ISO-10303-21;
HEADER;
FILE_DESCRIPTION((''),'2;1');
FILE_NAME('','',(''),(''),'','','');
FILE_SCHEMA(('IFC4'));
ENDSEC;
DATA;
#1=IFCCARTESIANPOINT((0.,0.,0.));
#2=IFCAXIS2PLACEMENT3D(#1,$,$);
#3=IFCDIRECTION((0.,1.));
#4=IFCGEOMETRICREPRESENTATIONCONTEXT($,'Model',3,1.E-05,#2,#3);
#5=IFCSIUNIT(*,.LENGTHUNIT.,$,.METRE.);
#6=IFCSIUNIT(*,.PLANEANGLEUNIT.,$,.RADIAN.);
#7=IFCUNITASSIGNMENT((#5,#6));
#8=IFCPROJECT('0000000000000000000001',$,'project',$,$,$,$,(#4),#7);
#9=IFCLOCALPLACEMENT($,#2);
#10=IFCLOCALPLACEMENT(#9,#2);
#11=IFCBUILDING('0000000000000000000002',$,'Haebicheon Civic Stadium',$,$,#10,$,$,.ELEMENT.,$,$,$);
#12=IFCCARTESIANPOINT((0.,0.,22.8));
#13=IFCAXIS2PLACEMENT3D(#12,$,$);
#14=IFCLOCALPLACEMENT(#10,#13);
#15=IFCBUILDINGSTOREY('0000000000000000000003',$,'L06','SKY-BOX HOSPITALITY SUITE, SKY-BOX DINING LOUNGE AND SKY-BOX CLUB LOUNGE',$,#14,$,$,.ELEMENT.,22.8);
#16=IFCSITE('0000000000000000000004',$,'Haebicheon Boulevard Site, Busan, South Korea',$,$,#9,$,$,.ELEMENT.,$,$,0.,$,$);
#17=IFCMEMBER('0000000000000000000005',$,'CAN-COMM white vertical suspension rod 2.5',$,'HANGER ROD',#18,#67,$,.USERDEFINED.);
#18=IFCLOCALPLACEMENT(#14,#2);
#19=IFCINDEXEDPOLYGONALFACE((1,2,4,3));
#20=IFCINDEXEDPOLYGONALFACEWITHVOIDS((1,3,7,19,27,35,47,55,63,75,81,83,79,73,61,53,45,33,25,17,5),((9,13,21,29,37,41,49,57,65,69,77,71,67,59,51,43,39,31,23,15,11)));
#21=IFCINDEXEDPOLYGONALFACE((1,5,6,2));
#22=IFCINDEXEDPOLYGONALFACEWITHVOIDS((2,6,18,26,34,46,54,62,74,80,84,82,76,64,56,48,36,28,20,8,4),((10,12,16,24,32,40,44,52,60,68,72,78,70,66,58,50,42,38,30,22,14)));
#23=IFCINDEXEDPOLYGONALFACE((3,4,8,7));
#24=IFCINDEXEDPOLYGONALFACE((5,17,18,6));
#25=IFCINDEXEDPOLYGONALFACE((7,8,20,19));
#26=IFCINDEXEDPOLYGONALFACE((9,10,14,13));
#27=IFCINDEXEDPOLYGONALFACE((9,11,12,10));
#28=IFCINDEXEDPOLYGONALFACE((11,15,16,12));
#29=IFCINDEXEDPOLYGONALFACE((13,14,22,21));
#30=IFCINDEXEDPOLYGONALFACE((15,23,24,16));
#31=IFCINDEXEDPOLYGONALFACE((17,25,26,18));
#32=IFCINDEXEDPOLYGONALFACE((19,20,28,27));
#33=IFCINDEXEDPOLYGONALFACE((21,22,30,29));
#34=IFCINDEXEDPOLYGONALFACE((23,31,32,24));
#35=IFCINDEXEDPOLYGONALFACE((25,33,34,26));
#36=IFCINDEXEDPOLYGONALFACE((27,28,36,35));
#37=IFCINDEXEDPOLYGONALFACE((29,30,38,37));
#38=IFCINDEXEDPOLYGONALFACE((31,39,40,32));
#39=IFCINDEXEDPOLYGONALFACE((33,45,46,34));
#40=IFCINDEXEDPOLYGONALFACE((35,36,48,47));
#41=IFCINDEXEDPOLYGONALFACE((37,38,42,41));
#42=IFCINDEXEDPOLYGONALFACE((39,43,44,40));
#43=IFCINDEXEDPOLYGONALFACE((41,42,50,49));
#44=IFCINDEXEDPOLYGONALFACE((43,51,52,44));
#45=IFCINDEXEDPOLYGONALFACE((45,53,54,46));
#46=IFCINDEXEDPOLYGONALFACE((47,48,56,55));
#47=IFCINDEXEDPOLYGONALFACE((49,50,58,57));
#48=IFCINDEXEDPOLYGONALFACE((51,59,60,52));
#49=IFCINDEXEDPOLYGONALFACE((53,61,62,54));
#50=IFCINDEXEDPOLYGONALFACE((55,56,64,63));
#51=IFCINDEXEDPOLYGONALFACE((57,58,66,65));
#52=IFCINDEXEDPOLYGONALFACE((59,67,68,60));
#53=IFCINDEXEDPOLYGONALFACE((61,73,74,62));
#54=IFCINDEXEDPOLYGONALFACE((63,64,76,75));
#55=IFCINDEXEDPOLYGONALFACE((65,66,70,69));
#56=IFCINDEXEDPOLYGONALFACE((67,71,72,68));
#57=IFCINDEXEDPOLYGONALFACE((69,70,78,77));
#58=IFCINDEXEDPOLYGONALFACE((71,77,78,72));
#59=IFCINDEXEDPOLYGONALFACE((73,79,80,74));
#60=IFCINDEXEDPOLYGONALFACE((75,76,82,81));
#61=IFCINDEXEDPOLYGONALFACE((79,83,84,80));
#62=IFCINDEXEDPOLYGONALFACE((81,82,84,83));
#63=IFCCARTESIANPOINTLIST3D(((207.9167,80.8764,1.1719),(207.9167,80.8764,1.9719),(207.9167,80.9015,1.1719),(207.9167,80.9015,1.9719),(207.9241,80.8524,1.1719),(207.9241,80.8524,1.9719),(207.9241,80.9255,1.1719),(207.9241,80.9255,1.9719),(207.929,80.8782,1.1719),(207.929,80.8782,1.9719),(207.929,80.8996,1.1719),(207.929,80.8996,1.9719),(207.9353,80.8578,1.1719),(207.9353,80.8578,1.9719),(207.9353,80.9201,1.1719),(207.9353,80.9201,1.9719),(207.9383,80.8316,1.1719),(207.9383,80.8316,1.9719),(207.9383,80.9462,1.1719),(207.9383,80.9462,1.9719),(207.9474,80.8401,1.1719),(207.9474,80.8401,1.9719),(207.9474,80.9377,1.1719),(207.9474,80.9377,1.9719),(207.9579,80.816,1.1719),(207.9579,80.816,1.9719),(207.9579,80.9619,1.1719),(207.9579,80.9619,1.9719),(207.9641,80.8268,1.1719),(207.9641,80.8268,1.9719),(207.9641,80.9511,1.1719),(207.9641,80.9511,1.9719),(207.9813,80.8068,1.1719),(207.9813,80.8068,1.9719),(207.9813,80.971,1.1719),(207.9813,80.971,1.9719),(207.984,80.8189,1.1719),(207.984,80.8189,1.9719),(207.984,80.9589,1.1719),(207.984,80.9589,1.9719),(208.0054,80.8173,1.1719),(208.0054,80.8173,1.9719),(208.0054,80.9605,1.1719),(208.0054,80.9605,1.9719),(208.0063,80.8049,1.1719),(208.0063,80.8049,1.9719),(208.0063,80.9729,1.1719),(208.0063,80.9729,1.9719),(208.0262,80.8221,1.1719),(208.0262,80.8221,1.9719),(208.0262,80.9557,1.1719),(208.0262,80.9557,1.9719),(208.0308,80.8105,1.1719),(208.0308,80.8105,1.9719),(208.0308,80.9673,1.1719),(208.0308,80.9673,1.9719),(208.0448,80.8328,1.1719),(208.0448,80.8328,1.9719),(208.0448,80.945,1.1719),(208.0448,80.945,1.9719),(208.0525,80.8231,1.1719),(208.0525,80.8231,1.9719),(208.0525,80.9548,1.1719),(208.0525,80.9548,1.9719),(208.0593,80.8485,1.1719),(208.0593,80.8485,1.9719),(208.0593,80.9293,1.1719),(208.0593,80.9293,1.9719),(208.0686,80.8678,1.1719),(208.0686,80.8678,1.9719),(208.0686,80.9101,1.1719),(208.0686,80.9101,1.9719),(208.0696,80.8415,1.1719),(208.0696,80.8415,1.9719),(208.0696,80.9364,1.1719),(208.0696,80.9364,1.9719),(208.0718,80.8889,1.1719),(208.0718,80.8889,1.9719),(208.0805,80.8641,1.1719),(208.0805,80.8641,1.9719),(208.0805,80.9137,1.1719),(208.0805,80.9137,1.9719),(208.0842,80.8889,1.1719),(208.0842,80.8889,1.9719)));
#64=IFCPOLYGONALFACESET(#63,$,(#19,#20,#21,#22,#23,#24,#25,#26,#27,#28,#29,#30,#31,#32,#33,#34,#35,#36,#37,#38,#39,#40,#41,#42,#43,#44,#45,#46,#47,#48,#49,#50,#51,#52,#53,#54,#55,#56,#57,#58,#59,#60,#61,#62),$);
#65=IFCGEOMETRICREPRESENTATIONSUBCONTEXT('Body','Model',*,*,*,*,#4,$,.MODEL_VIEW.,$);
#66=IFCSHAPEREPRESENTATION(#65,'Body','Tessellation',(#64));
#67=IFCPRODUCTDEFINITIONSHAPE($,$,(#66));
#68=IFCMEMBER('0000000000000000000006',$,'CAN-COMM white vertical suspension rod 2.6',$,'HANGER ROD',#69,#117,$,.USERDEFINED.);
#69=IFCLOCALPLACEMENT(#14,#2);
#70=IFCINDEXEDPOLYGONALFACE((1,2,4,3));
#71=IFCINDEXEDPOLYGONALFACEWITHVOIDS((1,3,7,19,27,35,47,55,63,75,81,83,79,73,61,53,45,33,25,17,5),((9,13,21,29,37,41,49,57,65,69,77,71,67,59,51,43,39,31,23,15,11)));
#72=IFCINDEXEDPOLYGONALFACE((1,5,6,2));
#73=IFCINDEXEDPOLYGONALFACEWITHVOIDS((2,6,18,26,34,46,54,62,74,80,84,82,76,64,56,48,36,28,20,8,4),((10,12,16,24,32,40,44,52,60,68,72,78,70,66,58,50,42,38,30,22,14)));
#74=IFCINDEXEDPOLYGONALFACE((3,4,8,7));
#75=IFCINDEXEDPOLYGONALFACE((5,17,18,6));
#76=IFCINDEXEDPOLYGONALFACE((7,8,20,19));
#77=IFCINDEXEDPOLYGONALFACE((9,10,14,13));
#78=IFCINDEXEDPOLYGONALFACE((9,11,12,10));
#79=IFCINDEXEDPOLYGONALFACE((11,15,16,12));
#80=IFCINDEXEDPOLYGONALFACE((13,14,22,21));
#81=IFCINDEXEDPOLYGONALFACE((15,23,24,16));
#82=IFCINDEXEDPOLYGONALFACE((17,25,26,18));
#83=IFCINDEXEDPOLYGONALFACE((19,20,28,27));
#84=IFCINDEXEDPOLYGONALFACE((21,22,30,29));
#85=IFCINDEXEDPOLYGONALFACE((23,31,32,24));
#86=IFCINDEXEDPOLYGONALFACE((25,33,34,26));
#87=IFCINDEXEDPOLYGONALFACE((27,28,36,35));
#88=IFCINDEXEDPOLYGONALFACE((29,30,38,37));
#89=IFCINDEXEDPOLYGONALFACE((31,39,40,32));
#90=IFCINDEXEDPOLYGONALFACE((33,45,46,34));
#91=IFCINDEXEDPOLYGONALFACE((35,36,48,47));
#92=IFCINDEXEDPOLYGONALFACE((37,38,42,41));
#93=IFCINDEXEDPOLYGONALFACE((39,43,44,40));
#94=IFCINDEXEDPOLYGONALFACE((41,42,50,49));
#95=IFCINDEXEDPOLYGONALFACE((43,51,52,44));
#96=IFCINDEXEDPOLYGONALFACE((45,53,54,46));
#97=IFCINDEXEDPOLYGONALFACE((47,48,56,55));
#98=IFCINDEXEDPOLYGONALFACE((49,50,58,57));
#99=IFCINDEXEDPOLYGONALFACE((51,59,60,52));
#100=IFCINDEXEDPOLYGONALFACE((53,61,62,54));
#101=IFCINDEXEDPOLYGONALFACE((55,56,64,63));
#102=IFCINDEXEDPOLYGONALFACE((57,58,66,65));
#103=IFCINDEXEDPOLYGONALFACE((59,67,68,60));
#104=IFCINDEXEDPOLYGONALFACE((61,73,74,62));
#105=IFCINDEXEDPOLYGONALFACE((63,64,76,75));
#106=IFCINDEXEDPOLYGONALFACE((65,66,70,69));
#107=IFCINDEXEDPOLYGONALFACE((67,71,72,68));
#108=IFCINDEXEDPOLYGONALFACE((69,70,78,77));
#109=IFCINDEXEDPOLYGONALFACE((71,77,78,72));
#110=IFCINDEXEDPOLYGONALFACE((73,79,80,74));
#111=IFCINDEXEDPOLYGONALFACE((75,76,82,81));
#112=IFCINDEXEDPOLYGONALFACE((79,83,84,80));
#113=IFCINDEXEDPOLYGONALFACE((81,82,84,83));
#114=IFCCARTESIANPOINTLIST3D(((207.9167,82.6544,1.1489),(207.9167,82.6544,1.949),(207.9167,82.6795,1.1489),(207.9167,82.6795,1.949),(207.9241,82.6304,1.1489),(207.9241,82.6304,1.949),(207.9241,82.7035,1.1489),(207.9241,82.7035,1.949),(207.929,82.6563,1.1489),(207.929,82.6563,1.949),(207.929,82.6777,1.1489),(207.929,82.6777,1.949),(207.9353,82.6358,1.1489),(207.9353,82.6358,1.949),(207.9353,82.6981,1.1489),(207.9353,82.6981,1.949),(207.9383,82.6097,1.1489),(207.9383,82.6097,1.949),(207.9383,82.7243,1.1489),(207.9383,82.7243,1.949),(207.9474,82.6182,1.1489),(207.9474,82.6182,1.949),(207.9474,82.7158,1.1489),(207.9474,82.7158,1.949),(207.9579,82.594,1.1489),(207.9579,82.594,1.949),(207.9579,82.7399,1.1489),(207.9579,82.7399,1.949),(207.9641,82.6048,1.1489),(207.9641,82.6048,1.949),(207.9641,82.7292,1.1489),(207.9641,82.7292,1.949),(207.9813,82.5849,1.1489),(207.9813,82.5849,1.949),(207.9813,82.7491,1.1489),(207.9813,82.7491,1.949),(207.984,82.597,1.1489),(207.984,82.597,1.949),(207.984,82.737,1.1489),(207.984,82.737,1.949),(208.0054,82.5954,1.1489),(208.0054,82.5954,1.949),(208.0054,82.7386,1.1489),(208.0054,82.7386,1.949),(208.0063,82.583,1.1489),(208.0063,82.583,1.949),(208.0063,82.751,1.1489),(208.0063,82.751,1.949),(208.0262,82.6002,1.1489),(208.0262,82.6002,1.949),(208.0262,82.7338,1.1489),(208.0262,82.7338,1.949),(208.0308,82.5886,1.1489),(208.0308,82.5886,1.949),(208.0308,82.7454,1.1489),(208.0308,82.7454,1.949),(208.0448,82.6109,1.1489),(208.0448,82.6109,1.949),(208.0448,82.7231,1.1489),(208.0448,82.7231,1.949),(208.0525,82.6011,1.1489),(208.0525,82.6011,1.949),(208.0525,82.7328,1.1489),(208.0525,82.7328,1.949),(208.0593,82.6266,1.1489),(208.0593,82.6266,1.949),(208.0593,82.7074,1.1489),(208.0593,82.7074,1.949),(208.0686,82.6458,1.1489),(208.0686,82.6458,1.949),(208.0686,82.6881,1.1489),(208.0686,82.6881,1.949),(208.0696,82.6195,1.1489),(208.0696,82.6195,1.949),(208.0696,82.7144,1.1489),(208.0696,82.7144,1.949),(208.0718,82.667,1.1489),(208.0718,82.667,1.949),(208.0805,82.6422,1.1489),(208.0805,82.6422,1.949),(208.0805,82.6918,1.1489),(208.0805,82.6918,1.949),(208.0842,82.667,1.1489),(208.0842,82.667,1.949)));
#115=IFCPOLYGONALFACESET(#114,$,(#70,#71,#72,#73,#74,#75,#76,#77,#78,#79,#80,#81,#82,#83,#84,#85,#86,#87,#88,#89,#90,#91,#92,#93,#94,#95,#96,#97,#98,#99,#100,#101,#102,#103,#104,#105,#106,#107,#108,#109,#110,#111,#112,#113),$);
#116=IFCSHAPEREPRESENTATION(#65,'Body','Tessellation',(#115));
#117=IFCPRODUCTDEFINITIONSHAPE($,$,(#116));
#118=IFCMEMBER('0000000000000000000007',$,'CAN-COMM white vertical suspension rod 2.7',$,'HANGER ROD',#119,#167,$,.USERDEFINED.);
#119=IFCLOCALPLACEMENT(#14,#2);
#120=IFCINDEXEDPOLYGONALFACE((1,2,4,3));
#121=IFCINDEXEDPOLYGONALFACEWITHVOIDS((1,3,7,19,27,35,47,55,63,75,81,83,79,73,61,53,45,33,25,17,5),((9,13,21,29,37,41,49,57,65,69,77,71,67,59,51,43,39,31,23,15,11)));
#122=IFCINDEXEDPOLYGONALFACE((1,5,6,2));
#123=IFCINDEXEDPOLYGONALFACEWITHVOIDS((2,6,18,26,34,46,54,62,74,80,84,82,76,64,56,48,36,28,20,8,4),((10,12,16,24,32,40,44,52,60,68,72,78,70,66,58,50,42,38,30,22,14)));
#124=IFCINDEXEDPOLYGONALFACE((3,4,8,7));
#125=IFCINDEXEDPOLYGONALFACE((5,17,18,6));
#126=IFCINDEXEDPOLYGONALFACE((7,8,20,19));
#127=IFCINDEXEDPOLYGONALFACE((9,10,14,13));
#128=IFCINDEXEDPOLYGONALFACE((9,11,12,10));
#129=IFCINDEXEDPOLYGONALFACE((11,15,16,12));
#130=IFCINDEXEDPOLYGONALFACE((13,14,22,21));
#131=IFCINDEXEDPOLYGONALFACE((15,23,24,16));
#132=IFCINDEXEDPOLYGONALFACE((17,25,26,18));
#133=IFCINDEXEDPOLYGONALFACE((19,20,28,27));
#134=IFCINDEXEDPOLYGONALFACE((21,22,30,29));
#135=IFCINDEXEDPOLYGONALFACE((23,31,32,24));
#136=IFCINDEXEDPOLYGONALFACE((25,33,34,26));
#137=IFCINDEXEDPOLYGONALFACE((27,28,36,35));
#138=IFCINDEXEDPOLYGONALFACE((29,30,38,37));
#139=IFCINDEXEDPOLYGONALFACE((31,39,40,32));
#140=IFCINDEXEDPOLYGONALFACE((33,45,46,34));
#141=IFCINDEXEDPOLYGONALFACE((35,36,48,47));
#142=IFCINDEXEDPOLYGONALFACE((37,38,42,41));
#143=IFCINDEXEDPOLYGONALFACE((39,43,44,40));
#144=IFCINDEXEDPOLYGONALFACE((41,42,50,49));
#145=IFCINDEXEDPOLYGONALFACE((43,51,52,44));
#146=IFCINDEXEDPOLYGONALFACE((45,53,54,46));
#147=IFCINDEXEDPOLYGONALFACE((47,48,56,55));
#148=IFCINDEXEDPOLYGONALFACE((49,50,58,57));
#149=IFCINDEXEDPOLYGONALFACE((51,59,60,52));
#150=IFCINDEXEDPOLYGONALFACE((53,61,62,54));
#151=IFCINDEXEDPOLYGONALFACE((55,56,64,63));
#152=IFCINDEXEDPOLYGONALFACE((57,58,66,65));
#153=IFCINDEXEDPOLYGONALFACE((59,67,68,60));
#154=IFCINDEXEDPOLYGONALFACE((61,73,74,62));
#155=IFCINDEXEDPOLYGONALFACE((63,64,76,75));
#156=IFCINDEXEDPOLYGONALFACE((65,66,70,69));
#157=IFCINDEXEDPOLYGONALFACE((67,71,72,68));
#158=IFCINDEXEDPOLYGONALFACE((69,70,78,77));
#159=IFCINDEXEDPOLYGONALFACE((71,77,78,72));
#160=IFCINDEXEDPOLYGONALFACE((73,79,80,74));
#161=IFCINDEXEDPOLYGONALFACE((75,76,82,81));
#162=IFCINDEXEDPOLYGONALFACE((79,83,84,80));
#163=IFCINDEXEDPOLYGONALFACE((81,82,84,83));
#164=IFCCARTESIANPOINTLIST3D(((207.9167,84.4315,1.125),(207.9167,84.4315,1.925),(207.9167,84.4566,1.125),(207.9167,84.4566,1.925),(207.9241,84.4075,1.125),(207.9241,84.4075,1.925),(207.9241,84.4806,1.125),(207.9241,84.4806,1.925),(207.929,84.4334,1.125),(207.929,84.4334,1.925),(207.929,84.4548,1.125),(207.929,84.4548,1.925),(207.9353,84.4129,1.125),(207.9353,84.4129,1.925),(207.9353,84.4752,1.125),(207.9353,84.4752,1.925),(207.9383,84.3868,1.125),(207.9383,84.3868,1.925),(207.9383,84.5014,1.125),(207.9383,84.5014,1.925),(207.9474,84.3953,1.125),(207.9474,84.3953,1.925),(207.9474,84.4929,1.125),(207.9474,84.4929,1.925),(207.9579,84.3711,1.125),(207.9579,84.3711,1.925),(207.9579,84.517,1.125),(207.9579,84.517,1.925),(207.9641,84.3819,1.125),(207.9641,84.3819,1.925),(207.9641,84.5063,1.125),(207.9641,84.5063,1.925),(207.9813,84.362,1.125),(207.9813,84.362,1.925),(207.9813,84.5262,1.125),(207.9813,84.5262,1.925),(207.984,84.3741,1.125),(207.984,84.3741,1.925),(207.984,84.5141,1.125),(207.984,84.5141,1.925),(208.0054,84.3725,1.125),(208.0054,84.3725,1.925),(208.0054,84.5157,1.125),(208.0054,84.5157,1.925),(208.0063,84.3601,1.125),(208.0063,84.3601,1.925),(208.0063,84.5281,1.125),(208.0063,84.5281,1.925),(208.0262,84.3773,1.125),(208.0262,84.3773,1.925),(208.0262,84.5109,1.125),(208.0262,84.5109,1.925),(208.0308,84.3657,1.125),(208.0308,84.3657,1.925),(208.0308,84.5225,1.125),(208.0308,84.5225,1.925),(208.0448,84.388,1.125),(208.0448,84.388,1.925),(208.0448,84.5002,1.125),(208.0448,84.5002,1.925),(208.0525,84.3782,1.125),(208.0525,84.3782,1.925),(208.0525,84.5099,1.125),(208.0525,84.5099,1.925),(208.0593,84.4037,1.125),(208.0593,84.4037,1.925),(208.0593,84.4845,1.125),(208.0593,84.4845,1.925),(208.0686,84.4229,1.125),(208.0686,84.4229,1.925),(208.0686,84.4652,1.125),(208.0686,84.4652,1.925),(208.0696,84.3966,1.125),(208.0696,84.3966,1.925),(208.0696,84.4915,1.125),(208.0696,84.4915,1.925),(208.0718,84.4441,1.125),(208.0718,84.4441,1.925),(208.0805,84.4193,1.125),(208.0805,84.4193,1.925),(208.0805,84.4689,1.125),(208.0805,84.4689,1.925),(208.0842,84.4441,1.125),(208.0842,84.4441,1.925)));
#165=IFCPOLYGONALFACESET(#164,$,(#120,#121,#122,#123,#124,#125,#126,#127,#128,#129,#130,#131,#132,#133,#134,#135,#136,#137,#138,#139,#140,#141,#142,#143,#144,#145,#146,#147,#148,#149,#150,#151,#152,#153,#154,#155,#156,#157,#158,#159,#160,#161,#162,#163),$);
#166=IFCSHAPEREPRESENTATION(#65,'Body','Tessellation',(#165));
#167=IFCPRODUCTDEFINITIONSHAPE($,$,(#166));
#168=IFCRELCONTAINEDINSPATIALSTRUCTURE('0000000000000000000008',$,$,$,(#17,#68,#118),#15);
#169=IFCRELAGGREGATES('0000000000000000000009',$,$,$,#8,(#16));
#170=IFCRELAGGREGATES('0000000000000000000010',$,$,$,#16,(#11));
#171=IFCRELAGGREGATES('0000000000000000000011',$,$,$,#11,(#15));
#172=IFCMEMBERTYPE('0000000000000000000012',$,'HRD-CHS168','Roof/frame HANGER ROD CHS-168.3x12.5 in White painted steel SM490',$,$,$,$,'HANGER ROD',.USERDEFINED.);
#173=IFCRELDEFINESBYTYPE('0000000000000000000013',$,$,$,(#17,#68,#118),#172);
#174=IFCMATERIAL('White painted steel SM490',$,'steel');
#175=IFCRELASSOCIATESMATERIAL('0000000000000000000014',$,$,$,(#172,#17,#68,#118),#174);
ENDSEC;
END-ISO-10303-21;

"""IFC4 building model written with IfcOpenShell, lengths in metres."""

from ifc_helpers import new_model, si_unit, direction, frame, origin, origin_2d, place, context, subcontext, project, spatial, hollow_circle, extrude, material, material_profile, profile_set, type_object, element, save


model = new_model("IFC4")

# Units and contexts
model_context = context("Model", 3, precision=1e-05, world=origin(), true_north=direction((0.0, 1.0)))
body_context = subcontext(model_context, "Body", "Model", "MODEL_VIEW")
ifc_project = project(units=[si_unit("LENGTHUNIT", "METRE"), si_unit("PLANEANGLEUNIT", "RADIAN")], contexts=[model_context])

# Site, building, storey
site_placement = place(None, origin())
site = spatial("IfcSite", under=ifc_project, at=site_placement, Name="Haebicheon Boulevard Site, Busan, South Korea", CompositionType="ELEMENT", RefElevation=0.0)
building_placement = place(site_placement, origin())
building = spatial("IfcBuilding", under=site, at=building_placement, Name="Haebicheon Civic Stadium", CompositionType="ELEMENT")
storey_placement = place(building_placement, frame((0.0, 0.0, 22.8)))
storey = spatial("IfcBuildingStorey", under=building, at=storey_placement, Name="L06", Description="SKY-BOX HOSPITALITY SUITE, SKY-BOX DINING LOUNGE AND SKY-BOX CLUB LOUNGE", CompositionType="ELEMENT", Elevation=22.8)

# Members
ifc_material_1 = material(Name="White painted steel SM490", Category="steel")
ifc_material_profile_1 = material_profile(ifc_material_1, hollow_circle(Radius=0.0842, WallThickness=0.0125, at=origin_2d()), Name="CHS-168.3x12.5")
ifc_profile_set_1 = profile_set([ifc_material_profile_1], Name="White painted steel SM490")
member_type_1 = type_object("IfcMemberType", Name="HRD-CHS168", Description="Roof/frame HANGER ROD CHS-168.3x12.5 in White painted steel SM490", ElementType="HANGER ROD", PredefinedType="USERDEFINED", material=ifc_profile_set_1)
for number, where, z_axis, x_axis, name in (
    (1, (208.0, 80.8889, 1.1719), (0.0, 0.0, 1.0), (1.0, 0.0, 0.0), "CAN-COMM white vertical suspension rod 2.5"),
    (2, (208.0, 82.667, 1.1489), (0.0, 0.0, 1.0), (1.0, 0.0, 0.0), "CAN-COMM white vertical suspension rod 2.6"),
    (3, (208.0, 84.4441, 1.125), (0.0, 0.0, 1.0), (1.0, 0.0, 0.0), "CAN-COMM white vertical suspension rod 2.7"),
):
    element("IfcMember", number, at=place(storey_placement, frame(where, z_axis=z_axis, x_axis=x_axis)), inside=storey, type_object=member_type_1, material=ifc_profile_set_1, Name=name, ObjectType="HANGER ROD", PredefinedType="USERDEFINED", context=body_context, shape_type="SweptSolid", body=[
        extrude(hollow_circle(Radius=0.0842, WallThickness=0.0125, at=origin_2d()), origin(), (0.0, 0.0, 1.0), 0.8),
    ])

save(model, "model.ifc")
